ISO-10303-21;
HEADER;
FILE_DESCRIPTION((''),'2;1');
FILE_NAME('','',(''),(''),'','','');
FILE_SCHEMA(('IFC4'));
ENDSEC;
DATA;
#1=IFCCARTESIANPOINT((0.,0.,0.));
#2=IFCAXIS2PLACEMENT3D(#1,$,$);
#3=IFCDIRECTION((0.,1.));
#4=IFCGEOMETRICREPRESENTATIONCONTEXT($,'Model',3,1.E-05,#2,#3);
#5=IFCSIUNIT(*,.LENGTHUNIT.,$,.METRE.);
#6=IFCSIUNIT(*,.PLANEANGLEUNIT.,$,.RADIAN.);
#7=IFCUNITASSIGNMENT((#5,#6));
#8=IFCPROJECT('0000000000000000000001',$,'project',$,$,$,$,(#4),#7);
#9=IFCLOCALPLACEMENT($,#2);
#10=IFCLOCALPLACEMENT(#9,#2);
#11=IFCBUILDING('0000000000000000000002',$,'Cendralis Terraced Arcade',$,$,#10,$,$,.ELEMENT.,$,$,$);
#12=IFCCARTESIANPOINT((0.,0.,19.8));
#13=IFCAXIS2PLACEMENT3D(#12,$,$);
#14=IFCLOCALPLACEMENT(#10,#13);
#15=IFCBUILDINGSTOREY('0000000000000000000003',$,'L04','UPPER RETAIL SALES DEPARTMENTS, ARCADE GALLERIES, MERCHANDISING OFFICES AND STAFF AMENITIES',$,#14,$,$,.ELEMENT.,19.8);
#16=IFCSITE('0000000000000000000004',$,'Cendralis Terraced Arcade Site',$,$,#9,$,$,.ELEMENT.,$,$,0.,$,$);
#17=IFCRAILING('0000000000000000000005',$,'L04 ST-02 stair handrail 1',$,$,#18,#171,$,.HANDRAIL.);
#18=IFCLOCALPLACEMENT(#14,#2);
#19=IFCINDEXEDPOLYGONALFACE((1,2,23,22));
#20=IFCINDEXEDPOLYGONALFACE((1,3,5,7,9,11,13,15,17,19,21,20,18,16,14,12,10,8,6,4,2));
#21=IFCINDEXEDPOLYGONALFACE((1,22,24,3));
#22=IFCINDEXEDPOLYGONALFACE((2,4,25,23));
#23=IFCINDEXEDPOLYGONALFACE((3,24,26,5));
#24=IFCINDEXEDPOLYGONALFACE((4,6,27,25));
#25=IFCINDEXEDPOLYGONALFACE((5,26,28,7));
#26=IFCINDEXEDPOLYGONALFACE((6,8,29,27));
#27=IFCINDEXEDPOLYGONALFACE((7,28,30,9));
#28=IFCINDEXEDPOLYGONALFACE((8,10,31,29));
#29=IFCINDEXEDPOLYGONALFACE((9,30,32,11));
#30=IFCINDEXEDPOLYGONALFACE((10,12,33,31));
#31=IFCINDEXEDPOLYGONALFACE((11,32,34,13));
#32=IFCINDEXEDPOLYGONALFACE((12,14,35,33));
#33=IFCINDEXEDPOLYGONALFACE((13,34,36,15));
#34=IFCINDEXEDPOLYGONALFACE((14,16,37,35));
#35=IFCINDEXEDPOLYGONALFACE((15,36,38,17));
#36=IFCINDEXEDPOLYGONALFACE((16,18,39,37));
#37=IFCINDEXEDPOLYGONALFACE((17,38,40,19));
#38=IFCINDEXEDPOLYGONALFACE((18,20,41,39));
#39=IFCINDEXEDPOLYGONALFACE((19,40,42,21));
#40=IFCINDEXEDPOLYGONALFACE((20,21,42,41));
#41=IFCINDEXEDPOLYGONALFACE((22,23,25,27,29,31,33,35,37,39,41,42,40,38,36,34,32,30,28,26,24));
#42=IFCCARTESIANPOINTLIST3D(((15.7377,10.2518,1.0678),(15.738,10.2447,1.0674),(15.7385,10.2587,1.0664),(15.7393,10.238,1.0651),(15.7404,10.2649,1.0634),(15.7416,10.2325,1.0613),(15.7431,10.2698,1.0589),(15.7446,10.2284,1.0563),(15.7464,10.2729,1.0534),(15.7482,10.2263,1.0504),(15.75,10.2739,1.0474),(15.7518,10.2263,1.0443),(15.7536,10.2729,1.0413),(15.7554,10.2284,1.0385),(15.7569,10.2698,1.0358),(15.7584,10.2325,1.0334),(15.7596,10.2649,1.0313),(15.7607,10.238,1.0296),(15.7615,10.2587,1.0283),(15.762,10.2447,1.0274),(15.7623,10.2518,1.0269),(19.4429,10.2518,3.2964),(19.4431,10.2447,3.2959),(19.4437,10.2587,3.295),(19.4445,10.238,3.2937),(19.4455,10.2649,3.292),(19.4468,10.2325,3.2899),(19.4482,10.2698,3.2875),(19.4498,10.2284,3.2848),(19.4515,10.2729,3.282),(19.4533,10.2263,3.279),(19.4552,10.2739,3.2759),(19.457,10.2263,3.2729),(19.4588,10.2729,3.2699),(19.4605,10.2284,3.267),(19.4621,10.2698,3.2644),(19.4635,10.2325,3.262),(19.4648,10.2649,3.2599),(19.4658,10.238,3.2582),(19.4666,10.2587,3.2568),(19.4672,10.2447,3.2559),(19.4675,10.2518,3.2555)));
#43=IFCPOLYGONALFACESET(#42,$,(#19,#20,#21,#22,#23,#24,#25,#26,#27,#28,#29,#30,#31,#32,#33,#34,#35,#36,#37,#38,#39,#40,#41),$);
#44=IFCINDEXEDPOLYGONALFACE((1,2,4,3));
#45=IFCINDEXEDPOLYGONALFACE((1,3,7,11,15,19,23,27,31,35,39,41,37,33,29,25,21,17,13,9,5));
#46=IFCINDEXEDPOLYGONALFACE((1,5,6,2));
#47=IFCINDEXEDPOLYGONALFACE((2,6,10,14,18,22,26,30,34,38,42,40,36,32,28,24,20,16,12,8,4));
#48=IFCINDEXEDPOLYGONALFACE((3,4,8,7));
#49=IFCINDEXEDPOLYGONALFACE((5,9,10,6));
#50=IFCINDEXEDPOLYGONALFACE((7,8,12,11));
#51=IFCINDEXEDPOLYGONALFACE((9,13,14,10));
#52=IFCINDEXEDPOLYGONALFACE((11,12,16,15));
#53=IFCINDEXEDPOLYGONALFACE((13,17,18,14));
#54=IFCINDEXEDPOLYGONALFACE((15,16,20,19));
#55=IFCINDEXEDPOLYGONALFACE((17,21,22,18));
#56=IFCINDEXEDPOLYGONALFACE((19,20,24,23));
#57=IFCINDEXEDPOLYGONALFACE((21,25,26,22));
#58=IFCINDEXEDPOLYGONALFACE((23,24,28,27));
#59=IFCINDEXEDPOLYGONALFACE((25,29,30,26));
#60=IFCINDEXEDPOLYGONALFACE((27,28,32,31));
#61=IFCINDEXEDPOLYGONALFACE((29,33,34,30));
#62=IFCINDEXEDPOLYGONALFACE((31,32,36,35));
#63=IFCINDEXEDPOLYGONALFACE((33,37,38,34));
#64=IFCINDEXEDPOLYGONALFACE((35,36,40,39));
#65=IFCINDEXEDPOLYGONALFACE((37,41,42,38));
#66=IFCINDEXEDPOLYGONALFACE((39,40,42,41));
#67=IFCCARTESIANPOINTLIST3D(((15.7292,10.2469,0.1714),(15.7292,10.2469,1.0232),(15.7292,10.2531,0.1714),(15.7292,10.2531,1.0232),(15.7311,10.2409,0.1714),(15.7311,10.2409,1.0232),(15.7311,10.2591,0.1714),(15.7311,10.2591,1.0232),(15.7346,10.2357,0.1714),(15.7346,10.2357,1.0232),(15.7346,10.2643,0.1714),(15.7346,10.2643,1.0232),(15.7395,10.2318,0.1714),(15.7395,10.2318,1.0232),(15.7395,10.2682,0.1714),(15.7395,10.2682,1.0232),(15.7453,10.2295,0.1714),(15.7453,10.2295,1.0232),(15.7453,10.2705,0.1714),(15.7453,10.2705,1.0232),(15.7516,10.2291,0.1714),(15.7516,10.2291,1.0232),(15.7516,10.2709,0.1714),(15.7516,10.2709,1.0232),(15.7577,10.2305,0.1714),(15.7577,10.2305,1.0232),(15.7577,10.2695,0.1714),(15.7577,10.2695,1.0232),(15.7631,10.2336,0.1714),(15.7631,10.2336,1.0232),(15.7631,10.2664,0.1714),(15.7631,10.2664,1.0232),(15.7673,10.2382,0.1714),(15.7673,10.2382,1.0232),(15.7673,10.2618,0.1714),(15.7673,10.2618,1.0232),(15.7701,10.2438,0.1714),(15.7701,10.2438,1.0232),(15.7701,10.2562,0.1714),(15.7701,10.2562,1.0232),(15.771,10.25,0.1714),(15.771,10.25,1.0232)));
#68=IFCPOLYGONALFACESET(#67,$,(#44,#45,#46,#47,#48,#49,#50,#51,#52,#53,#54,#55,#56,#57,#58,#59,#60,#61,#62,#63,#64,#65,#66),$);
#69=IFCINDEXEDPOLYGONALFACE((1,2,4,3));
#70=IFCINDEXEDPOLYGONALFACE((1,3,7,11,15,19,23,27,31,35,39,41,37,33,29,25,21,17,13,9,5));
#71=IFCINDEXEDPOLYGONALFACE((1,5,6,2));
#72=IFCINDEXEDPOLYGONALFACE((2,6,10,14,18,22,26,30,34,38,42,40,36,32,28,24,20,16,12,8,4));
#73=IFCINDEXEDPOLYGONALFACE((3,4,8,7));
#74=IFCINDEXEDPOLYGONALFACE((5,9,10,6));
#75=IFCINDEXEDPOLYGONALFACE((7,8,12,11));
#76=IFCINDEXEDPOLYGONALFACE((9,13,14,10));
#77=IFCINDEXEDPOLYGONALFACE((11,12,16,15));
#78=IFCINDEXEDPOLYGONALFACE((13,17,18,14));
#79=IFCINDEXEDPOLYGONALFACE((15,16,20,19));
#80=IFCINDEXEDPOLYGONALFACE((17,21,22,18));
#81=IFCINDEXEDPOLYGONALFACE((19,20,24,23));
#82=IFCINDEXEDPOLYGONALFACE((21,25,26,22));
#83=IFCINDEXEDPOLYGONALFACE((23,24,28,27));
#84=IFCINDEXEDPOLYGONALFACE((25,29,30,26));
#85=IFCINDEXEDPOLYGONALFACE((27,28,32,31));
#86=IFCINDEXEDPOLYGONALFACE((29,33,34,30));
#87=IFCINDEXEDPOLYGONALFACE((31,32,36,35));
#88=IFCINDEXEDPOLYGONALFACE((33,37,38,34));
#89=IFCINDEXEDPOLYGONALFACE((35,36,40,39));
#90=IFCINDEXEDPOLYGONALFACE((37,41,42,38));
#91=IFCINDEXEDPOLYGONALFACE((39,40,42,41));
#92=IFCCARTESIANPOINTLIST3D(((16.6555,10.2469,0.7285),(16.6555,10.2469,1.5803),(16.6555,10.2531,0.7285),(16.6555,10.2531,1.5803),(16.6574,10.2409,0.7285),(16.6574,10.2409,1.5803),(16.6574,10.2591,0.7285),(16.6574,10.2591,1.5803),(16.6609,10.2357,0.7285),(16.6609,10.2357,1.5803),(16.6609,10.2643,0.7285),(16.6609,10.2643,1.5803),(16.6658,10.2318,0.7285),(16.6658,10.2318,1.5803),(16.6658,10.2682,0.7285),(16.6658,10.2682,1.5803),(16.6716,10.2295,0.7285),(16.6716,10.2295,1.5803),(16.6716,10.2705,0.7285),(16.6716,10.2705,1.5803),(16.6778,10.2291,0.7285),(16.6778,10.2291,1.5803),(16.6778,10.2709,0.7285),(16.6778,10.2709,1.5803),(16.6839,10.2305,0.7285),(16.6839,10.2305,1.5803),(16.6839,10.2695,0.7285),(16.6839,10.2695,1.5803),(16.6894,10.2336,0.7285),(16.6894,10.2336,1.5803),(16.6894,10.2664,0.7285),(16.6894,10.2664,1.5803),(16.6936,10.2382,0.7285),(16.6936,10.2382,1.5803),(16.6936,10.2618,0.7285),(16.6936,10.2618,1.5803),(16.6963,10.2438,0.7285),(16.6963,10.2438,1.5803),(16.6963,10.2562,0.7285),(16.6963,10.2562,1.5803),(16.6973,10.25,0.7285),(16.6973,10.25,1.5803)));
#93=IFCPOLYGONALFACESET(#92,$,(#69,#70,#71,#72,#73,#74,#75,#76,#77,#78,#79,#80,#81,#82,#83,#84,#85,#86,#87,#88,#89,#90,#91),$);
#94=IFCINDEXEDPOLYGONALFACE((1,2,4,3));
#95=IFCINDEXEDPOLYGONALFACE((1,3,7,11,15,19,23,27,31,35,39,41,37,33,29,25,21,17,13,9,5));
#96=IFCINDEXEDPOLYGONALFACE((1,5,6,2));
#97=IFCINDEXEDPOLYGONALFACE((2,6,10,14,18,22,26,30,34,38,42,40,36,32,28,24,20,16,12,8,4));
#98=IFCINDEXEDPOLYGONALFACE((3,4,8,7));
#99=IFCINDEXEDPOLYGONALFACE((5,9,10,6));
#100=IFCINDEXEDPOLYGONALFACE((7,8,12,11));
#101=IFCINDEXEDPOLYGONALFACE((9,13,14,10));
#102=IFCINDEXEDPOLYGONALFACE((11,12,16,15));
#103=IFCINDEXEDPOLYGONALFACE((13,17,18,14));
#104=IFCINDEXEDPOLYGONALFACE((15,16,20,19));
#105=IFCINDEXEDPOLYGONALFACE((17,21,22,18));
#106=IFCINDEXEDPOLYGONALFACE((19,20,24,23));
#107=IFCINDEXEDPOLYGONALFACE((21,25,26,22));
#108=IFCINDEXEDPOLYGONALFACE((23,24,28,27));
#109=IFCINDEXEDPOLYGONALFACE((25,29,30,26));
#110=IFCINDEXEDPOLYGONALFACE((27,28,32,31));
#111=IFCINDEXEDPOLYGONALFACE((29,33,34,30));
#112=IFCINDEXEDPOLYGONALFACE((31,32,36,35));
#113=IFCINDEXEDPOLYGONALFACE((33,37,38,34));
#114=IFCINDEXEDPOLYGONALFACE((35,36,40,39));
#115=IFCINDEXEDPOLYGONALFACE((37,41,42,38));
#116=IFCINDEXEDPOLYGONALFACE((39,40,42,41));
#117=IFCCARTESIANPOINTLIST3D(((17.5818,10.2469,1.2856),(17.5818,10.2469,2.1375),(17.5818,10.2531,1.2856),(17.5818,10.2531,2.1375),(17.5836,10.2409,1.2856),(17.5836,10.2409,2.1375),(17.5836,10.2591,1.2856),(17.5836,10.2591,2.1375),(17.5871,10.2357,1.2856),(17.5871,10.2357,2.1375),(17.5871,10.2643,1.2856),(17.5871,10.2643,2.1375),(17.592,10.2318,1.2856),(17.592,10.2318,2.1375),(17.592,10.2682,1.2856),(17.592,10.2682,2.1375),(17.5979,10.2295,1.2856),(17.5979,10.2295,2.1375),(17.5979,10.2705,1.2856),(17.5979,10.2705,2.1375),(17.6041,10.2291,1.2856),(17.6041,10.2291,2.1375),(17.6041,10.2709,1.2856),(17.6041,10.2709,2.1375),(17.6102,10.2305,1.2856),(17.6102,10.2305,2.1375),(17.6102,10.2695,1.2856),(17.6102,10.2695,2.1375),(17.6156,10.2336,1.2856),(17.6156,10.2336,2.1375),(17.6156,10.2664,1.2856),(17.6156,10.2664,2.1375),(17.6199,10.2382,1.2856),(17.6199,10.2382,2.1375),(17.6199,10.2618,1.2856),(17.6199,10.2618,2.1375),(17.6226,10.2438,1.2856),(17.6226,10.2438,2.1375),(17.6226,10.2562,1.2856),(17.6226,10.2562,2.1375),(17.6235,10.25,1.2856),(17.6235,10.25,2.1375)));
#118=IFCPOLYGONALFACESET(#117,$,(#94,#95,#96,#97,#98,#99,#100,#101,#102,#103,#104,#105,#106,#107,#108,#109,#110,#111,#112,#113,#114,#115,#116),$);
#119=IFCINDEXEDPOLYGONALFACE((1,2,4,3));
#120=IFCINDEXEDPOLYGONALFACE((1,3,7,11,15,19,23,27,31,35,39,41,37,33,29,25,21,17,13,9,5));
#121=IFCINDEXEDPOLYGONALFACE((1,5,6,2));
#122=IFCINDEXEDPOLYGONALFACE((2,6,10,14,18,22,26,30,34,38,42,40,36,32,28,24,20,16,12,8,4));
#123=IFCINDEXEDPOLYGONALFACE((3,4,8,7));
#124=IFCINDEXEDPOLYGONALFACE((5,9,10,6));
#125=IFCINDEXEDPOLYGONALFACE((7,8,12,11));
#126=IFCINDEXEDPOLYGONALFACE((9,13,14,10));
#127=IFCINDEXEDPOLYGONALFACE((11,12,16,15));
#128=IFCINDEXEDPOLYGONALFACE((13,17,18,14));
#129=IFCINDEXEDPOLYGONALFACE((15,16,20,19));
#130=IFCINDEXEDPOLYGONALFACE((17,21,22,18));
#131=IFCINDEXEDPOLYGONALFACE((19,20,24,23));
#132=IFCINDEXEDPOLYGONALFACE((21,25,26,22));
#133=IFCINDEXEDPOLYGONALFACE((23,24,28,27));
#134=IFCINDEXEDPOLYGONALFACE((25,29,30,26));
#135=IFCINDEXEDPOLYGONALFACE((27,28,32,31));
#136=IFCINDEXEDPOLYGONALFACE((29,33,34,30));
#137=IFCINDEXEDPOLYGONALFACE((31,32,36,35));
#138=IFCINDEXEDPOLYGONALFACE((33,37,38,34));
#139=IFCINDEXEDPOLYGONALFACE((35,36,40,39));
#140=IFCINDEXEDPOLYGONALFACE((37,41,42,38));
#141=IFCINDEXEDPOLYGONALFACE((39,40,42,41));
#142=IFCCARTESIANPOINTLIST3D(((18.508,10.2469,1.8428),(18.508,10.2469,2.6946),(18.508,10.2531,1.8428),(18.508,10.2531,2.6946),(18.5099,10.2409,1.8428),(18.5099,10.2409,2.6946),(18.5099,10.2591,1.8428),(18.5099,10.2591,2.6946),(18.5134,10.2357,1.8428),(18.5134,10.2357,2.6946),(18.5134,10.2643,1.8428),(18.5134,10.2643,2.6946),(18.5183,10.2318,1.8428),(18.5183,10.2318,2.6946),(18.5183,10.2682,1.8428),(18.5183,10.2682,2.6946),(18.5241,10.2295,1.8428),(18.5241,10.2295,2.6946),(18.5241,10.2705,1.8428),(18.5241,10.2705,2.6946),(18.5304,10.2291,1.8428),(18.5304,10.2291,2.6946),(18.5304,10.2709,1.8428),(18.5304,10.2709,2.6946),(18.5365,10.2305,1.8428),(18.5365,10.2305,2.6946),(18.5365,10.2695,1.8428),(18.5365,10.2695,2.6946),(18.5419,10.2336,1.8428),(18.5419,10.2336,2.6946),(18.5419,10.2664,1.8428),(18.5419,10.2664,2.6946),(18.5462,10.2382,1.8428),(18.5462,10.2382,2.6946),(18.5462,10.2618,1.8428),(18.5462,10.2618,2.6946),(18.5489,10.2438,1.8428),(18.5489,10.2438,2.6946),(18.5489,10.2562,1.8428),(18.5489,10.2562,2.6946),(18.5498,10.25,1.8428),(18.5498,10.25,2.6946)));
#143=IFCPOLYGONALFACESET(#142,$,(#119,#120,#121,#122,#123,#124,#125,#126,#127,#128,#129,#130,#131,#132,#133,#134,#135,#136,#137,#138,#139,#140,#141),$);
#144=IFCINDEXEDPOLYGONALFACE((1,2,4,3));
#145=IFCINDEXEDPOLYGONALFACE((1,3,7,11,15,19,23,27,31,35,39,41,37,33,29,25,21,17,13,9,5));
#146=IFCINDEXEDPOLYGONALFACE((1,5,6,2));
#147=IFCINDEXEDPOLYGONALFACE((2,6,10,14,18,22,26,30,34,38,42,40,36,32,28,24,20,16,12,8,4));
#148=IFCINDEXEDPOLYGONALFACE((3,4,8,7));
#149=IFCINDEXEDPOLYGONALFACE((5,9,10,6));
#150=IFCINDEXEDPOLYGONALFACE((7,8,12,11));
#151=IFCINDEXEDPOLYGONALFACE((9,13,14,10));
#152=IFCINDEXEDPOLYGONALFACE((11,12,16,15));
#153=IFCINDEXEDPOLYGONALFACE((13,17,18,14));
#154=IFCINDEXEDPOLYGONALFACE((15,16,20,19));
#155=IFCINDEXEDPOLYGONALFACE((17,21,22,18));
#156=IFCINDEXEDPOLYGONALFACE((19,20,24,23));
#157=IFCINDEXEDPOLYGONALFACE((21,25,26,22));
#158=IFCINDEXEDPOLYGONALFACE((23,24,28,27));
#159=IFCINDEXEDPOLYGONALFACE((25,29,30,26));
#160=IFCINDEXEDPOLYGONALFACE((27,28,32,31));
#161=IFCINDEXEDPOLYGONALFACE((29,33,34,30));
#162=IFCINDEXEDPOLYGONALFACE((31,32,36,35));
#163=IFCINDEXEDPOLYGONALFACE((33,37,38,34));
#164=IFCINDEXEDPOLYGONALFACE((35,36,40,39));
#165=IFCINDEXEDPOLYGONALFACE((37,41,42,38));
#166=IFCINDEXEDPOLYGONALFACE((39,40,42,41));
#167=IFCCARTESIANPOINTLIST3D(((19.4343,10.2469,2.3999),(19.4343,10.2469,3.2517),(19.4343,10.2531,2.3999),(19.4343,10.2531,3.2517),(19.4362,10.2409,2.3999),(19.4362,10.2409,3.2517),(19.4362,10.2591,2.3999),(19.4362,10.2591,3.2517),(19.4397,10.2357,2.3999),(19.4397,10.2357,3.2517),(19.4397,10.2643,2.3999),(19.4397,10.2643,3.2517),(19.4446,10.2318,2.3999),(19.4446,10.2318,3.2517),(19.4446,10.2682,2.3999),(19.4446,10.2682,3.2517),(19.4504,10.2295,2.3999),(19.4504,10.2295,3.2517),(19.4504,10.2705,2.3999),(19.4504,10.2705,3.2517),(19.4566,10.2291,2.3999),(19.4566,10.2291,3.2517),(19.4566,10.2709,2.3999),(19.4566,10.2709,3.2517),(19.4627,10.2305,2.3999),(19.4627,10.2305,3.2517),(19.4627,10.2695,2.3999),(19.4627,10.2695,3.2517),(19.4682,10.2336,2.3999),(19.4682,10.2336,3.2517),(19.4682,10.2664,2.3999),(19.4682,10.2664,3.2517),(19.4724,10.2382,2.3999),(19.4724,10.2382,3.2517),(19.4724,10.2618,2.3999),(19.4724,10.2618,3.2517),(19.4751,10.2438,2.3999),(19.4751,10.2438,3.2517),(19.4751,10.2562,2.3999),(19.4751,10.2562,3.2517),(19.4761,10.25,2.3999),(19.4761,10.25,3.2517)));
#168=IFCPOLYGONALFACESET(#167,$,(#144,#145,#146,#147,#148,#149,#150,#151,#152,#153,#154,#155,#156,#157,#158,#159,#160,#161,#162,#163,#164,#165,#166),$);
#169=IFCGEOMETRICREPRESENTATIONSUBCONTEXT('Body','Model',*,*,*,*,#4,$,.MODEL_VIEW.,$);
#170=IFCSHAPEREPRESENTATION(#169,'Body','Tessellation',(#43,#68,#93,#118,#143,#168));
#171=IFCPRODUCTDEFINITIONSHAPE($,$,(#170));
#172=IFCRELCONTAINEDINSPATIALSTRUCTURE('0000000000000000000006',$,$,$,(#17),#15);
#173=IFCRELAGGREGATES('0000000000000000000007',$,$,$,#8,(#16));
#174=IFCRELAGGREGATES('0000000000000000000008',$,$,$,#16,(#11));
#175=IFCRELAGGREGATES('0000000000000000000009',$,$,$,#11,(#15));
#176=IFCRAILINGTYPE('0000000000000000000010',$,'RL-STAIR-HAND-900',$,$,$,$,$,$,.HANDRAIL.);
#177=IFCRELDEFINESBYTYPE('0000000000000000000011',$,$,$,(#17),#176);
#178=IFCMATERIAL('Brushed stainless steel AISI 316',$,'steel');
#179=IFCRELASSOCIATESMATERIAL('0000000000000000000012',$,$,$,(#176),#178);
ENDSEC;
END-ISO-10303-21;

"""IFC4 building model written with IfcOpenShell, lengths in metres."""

from ifc_helpers import new_model, si_unit, direction, frame, origin, origin_2d, place, context, subcontext, project, spatial, circle, extrude, material, type_object, element, save


model = new_model("IFC4")

# Units and contexts
model_context = context("Model", 3, precision=1e-05, world=origin(), true_north=direction((0.0, 1.0)))
body_context = subcontext(model_context, "Body", "Model", "MODEL_VIEW")
ifc_project = project(units=[si_unit("LENGTHUNIT", "METRE"), si_unit("PLANEANGLEUNIT", "RADIAN")], contexts=[model_context])

# Site, building, storey
site_placement = place(None, origin())
site = spatial("IfcSite", under=ifc_project, at=site_placement, Name="Cendralis Terraced Arcade Site", CompositionType="ELEMENT", RefElevation=0.0)
building_placement = place(site_placement, origin())
building = spatial("IfcBuilding", under=site, at=building_placement, Name="Cendralis Terraced Arcade", CompositionType="ELEMENT")
storey_placement = place(building_placement, frame((0.0, 0.0, 19.8)))
storey = spatial("IfcBuildingStorey", under=building, at=storey_placement, Name="L04", Description="UPPER RETAIL SALES DEPARTMENTS, ARCADE GALLERIES, MERCHANDISING OFFICES AND STAFF AMENITIES", CompositionType="ELEMENT", Elevation=19.8)

# Railing
ifc_material_1 = material(Name="Brushed stainless steel AISI 316", Category="steel")
railing_type_1 = type_object("IfcRailingType", Name="RL-STAIR-HAND-900", PredefinedType="HANDRAIL", material=ifc_material_1)
railing_1_placement = place(storey_placement, frame((15.75, 10.25, 0.1714)))
element("IfcRailing", 1, at=railing_1_placement, inside=storey, type_object=railing_type_1, Name="L04 ST-02 stair handrail 1", PredefinedType="HANDRAIL", context=body_context, shape_type="SweptSolid", body=[
    extrude(circle(Radius=0.0239, at=origin_2d()), frame((0.0, 0.0, 0.876), z_axis=(0.856934, 0.0, 0.515425), x_axis=(0.0, 1.0, 0.0)), (0.0, 0.0, 1.0), 4.3237),
    extrude(circle(Radius=0.021, at=origin_2d()), origin(), (0.0, 0.0, 1.0), 0.8518),
    extrude(circle(Radius=0.021, at=origin_2d()), frame((0.9263, 0.0, 0.5571)), (0.0, 0.0, 1.0), 0.8518),
    extrude(circle(Radius=0.021, at=origin_2d()), frame((1.8525, 0.0, 1.1143)), (0.0, 0.0, 1.0), 0.8518),
    extrude(circle(Radius=0.021, at=origin_2d()), frame((2.7788, 0.0, 1.6714)), (0.0, 0.0, 1.0), 0.8518),
    extrude(circle(Radius=0.021, at=origin_2d()), frame((3.7051, 0.0, 2.2285)), (0.0, 0.0, 1.0), 0.8518),
])

save(model, "model.ifc")
